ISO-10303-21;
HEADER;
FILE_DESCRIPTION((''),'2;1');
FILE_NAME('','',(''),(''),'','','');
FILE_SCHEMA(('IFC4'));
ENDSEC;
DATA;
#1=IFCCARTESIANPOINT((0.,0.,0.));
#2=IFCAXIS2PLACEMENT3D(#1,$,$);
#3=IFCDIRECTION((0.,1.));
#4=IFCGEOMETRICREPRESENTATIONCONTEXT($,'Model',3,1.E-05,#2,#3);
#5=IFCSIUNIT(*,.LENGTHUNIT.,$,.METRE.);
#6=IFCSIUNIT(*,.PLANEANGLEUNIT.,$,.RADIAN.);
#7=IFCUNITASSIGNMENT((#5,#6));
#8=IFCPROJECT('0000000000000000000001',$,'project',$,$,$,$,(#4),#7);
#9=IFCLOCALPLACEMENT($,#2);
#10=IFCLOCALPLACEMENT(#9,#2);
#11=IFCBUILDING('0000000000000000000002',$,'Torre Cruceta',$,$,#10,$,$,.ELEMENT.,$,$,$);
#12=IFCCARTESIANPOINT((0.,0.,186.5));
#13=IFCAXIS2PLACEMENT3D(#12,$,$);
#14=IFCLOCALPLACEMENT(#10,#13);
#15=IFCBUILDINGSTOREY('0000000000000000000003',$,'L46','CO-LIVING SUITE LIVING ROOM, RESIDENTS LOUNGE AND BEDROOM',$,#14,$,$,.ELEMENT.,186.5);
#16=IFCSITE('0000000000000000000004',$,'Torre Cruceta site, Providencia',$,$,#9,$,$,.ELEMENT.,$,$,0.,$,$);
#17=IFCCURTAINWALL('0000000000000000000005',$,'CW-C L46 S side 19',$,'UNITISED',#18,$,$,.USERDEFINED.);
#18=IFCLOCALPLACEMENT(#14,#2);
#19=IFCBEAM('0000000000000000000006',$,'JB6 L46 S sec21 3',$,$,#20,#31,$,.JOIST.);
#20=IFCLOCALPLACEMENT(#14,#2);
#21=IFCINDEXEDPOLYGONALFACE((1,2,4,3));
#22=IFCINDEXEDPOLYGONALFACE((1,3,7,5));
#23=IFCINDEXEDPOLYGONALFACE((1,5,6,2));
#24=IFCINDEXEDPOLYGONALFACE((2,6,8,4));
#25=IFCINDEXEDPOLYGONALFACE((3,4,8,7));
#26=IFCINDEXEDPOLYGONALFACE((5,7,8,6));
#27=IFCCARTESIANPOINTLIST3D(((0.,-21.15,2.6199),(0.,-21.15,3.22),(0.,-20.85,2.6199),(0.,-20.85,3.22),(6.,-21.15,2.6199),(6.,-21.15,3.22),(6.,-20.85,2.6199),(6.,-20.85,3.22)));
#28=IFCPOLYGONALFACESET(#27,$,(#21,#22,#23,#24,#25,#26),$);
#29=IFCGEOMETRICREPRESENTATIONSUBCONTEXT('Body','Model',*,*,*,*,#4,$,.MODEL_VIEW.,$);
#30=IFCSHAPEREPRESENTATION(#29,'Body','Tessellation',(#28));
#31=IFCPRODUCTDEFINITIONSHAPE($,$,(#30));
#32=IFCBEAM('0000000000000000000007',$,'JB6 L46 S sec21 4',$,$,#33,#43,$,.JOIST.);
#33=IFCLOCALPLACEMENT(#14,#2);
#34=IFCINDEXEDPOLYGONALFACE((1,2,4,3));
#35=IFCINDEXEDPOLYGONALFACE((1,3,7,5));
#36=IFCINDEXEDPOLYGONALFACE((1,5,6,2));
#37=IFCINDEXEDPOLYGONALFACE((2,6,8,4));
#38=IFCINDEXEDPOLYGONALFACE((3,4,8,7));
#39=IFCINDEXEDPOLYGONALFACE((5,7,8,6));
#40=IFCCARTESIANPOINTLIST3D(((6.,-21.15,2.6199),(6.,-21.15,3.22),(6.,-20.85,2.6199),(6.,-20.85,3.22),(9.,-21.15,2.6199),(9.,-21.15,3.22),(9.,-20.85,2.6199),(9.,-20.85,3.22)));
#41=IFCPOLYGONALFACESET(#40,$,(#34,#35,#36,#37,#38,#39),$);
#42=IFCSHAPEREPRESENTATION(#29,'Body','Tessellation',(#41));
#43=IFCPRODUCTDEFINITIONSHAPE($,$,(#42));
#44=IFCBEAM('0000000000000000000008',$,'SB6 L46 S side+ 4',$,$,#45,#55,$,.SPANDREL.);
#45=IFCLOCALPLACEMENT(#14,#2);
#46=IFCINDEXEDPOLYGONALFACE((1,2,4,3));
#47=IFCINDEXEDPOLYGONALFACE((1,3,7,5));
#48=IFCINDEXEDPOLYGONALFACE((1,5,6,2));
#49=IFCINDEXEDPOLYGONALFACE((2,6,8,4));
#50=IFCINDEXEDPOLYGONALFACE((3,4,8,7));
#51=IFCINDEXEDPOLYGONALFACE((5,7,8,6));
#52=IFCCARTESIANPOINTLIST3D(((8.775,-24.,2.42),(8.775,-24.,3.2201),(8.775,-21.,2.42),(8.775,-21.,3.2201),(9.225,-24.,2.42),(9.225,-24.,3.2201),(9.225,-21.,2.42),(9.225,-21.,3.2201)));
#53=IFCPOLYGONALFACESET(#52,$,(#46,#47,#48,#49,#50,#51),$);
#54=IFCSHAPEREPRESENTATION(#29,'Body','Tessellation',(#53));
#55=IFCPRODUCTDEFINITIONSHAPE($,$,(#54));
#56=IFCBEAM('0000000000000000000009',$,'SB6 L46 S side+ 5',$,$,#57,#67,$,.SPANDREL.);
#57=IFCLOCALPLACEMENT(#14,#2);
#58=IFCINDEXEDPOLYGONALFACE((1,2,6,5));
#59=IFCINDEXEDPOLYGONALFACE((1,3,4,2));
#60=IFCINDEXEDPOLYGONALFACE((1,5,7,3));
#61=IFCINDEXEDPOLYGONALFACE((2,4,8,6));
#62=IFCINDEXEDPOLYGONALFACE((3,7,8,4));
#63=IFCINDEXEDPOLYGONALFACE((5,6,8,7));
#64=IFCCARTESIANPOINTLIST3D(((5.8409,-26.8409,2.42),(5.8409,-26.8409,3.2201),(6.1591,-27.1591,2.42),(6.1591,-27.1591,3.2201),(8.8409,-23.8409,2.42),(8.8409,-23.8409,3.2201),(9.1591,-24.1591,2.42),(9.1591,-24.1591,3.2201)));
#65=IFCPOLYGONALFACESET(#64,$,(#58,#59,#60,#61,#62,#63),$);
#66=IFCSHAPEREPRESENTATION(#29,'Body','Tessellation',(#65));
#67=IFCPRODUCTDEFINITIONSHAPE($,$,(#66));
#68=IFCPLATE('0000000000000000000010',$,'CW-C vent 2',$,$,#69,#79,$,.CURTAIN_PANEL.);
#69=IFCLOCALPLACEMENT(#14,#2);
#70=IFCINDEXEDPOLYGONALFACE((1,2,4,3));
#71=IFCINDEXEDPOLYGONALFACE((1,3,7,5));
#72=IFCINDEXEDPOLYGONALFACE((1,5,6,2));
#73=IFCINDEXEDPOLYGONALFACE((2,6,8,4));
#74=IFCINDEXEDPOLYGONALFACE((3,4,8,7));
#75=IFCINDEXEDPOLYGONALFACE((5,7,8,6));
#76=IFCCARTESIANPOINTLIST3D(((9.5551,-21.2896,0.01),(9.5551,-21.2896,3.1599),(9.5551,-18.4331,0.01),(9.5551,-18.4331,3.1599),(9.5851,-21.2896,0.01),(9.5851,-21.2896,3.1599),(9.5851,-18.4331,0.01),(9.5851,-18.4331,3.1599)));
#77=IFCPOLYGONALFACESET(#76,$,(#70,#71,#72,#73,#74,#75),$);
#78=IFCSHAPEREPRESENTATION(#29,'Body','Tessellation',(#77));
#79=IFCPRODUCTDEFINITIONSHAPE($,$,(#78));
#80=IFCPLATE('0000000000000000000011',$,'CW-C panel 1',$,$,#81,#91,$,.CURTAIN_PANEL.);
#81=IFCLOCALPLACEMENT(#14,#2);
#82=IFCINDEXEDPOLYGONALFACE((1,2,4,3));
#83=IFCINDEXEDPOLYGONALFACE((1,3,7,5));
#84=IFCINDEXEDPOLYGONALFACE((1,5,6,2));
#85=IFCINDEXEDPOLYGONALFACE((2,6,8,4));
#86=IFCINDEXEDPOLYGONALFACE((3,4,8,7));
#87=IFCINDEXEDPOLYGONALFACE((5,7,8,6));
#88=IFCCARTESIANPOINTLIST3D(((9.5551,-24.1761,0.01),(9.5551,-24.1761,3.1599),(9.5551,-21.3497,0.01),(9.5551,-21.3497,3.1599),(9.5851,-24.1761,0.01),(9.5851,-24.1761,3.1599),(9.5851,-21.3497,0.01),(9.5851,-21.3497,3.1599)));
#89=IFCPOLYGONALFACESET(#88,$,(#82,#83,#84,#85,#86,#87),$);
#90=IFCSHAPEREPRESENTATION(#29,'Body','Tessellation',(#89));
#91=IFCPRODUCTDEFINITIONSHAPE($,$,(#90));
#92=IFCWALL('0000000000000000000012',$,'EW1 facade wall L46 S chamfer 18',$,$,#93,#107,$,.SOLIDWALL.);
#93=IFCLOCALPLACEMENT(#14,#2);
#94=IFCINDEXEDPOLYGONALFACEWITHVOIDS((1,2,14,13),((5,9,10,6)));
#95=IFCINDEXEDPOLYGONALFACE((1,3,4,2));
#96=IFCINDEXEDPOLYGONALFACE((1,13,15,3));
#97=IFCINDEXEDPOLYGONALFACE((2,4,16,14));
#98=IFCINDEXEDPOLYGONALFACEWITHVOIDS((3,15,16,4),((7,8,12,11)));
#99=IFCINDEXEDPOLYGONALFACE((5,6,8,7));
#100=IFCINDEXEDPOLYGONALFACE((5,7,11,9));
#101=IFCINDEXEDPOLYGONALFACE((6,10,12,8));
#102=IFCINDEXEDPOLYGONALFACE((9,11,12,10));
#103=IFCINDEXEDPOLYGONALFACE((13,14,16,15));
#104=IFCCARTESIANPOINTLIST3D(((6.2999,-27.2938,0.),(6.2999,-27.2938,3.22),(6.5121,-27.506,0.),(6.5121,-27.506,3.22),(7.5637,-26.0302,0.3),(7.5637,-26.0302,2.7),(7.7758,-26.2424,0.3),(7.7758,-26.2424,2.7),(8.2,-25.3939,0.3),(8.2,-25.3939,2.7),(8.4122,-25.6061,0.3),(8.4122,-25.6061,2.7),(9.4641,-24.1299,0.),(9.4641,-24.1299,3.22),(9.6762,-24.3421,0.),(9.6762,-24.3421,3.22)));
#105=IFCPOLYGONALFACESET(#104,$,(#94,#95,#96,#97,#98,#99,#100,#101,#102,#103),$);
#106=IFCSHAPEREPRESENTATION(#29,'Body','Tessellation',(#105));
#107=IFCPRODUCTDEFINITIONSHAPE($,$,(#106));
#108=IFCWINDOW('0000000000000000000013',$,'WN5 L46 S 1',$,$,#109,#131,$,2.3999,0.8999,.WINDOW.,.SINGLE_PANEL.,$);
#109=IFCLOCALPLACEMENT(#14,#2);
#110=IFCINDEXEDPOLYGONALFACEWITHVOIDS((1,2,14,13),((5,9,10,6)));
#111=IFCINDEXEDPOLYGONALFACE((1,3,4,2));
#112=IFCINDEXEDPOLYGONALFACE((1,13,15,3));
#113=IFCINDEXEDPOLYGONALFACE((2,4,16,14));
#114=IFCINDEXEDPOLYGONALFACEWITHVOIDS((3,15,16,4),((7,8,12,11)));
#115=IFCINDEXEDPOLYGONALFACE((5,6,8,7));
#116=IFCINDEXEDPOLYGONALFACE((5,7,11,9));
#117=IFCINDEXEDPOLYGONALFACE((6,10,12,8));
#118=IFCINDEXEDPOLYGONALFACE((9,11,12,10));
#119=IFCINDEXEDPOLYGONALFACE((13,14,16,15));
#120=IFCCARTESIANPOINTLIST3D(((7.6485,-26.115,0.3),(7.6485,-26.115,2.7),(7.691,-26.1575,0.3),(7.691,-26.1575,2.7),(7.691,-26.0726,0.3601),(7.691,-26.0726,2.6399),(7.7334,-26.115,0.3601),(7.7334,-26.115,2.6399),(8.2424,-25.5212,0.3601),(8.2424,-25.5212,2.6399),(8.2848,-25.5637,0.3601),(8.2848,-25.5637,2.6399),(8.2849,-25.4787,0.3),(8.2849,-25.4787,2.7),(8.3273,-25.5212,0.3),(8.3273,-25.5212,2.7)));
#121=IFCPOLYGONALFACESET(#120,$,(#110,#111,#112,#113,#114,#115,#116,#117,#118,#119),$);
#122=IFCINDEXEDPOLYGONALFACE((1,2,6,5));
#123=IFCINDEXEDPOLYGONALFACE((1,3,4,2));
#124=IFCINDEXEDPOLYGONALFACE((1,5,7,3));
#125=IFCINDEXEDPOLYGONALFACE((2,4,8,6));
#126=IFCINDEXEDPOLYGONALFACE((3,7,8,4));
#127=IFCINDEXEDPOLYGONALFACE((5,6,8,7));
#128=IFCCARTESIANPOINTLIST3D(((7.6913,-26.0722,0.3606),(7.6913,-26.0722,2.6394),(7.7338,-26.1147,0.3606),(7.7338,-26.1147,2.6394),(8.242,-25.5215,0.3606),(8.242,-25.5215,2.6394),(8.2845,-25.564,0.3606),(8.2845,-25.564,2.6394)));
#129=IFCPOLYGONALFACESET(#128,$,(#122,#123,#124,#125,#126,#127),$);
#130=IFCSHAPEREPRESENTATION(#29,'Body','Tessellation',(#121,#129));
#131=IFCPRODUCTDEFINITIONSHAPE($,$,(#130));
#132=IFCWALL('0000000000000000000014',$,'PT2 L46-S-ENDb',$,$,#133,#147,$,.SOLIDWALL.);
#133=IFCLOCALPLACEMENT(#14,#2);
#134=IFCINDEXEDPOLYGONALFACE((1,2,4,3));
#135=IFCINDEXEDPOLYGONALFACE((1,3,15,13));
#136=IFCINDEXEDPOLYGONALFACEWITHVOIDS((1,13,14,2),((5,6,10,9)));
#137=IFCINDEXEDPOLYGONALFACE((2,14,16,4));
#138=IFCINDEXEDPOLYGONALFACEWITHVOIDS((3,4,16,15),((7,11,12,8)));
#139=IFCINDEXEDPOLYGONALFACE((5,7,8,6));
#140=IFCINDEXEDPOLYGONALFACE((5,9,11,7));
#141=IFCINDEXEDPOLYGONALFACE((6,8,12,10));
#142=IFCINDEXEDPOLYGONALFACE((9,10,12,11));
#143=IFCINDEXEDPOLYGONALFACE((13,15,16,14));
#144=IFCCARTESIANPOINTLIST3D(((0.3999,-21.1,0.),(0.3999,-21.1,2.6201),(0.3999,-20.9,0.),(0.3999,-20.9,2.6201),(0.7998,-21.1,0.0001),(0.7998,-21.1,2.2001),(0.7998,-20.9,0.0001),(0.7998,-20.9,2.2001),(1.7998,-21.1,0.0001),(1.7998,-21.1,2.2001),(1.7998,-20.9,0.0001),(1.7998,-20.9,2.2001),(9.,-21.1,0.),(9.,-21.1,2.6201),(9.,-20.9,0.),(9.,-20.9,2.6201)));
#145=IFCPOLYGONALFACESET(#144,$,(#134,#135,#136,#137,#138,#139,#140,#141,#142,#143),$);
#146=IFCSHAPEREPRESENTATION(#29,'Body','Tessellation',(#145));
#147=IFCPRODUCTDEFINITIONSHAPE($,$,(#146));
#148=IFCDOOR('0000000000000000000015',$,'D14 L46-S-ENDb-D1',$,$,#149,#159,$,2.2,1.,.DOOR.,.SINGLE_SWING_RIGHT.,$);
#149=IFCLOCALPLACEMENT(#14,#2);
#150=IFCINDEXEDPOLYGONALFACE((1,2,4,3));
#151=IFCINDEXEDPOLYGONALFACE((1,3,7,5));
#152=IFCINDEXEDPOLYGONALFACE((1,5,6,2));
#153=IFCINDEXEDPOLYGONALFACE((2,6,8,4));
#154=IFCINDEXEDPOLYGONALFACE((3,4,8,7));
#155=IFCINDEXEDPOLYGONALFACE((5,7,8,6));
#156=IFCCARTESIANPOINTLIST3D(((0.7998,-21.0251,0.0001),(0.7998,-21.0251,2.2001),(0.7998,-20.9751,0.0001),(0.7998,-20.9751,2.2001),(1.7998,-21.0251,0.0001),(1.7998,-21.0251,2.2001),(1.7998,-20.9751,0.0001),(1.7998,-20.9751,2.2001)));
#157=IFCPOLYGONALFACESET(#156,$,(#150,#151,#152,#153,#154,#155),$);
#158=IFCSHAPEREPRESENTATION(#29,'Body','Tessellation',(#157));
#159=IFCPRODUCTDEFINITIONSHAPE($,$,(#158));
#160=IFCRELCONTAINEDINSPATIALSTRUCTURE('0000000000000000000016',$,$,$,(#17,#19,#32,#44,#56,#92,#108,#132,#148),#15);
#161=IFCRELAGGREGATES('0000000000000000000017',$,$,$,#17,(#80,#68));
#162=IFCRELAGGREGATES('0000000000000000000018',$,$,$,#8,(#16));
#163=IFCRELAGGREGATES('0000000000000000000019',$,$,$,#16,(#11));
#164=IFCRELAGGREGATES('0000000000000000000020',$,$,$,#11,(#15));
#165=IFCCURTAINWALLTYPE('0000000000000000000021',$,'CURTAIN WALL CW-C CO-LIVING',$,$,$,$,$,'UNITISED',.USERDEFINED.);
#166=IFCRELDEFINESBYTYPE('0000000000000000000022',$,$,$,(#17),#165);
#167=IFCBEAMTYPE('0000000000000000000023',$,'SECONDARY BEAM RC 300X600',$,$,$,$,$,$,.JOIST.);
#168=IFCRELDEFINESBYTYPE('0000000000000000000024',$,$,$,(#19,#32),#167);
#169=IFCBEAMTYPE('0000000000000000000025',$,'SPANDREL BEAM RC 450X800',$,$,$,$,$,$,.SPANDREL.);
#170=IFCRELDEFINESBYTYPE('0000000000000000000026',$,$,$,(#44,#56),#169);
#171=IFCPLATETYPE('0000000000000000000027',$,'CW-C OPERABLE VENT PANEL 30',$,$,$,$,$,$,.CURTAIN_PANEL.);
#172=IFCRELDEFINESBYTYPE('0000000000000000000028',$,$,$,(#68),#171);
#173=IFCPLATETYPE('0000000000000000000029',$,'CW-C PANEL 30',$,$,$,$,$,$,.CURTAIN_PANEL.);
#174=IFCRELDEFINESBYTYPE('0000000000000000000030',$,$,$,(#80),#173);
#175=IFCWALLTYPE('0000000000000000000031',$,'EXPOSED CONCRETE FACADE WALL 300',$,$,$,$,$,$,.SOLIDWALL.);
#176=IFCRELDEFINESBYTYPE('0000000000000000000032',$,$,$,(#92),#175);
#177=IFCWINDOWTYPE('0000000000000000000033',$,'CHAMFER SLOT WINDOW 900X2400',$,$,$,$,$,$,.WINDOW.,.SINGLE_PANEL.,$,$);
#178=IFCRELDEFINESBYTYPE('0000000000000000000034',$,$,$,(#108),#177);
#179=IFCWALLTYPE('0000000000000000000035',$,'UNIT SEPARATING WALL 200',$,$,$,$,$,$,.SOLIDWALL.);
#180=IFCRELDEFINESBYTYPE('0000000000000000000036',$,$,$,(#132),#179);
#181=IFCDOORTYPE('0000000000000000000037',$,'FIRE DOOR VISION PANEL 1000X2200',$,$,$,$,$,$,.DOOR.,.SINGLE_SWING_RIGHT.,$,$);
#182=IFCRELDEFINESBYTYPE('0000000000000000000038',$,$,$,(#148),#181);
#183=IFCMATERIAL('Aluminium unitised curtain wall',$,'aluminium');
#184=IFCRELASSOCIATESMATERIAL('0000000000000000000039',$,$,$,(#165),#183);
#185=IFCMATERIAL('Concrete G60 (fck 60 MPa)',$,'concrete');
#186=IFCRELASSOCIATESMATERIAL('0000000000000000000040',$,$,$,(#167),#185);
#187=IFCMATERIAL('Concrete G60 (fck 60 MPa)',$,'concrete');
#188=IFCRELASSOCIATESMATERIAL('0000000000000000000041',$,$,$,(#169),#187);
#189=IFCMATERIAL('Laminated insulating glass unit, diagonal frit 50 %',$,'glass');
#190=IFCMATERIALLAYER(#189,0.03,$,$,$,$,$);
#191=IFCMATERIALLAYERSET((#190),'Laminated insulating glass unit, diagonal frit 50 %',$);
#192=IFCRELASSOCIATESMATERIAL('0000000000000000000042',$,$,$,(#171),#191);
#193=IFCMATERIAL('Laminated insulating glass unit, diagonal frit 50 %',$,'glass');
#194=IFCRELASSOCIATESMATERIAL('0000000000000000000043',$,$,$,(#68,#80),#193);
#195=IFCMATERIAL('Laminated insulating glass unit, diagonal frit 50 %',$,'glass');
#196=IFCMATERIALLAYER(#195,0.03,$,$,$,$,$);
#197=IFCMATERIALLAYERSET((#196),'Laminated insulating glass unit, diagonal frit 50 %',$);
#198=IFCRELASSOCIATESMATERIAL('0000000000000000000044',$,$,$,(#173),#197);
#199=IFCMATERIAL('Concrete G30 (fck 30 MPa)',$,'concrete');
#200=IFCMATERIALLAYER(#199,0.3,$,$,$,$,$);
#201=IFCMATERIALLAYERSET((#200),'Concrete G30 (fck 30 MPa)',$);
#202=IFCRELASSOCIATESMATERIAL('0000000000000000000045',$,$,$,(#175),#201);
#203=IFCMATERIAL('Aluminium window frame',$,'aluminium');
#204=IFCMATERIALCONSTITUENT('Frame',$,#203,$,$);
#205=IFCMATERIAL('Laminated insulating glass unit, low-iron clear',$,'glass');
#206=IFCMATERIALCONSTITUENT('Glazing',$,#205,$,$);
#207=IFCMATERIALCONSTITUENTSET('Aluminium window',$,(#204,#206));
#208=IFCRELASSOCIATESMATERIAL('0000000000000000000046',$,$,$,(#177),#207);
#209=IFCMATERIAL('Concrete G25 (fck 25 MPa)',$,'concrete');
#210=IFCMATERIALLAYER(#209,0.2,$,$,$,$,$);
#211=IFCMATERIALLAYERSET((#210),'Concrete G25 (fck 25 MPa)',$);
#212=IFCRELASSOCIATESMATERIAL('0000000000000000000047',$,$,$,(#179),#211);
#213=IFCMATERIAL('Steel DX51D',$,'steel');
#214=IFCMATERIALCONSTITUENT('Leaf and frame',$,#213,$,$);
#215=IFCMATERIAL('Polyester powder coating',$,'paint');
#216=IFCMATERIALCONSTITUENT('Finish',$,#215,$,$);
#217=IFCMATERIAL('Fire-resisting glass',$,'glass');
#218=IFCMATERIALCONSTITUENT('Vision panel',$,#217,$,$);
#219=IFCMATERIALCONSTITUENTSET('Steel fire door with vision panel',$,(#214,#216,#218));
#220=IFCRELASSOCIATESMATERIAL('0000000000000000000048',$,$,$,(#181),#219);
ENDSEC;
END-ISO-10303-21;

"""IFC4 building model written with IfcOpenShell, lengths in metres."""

from ifc_helpers import new_model, si_unit, direction, frame, frame_2d, origin, origin_2d, place, context, subcontext, project, spatial, rectangle, hollow_rectangle, extrude, material, layer, layer_set, constituent, constituent_set, material_profile, profile_set, type_object, element, fill, aggregate, save


model = new_model("IFC4")

# Units and contexts
model_context = context("Model", 3, precision=1e-05, world=origin(), true_north=direction((0.0, 1.0)))
body_context = subcontext(model_context, "Body", "Model", "MODEL_VIEW")
ifc_project = project(units=[si_unit("LENGTHUNIT", "METRE"), si_unit("PLANEANGLEUNIT", "RADIAN")], contexts=[model_context])

# Site, building, storey
site_placement = place(None, origin())
site = spatial("IfcSite", under=ifc_project, at=site_placement, Name="Torre Cruceta site, Providencia", CompositionType="ELEMENT", RefElevation=0.0)
building_placement = place(site_placement, origin())
building = spatial("IfcBuilding", under=site, at=building_placement, Name="Torre Cruceta", CompositionType="ELEMENT")
storey_placement = place(building_placement, frame((0.0, 0.0, 186.5)))
storey = spatial("IfcBuildingStorey", under=building, at=storey_placement, Name="L46", Description="CO-LIVING SUITE LIVING ROOM, RESIDENTS LOUNGE AND BEDROOM", CompositionType="ELEMENT", Elevation=186.5)

# Curtain wall
ifc_material_1 = material(Name="Aluminium unitised curtain wall", Category="aluminium")
curtain_wall_type = type_object("IfcCurtainWallType", Name="CURTAIN WALL CW-C CO-LIVING", ElementType="UNITISED", PredefinedType="USERDEFINED", material=ifc_material_1)
curtain_wall_placement = place(storey_placement, origin())
curtain_wall = element("IfcCurtainWall", 1, at=curtain_wall_placement, inside=storey, type_object=curtain_wall_type, Name="CW-C L46 S side 19", ObjectType="UNITISED", PredefinedType="USERDEFINED")

# Beams
ifc_material_2 = material(Name="Concrete G60 (fck 60 MPa)", Category="concrete")
ifc_material_profile_1 = material_profile(ifc_material_2, rectangle(XDim=0.3, YDim=0.6001, at=origin_2d()), Name="RC 300X600")
ifc_profile_set_1 = profile_set([ifc_material_profile_1], Name="Concrete G60 (fck 60 MPa)")
beam_type_1 = type_object("IfcBeamType", Name="SECONDARY BEAM RC 300X600", PredefinedType="JOIST", material=ifc_profile_set_1)
beam_1_placement = place(storey_placement, frame((0.0, -21.0, 2.9199), z_axis=(1.0, 0.0, 0.0), x_axis=(0.0, 1.0, 0.0)))
element("IfcBeam", 2, at=beam_1_placement, inside=storey, type_object=beam_type_1, Name="JB6 L46 S sec21 3", PredefinedType="JOIST", context=body_context, shape_type="SweptSolid", body=[
    extrude(rectangle(XDim=0.3, YDim=0.6001, at=origin_2d()), origin(), (0.0, 0.0, 1.0), 6.0),
])
beam_2_placement = place(storey_placement, frame((6.0, -21.0, 2.9199), z_axis=(1.0, 0.0, 0.0), x_axis=(0.0, 1.0, 0.0)))
element("IfcBeam", 3, at=beam_2_placement, inside=storey, type_object=beam_type_1, Name="JB6 L46 S sec21 4", PredefinedType="JOIST", context=body_context, shape_type="SweptSolid", body=[
    extrude(rectangle(XDim=0.3, YDim=0.6001, at=origin_2d()), origin(), (0.0, 0.0, 1.0), 3.0),
])
ifc_material_3 = material(Name="Concrete G60 (fck 60 MPa)", Category="concrete")
ifc_material_profile_2 = material_profile(ifc_material_3, rectangle(XDim=0.45, YDim=0.8, at=origin_2d()), Name="RC 450X800")
ifc_profile_set_2 = profile_set([ifc_material_profile_2], Name="Concrete G60 (fck 60 MPa)")
beam_type_2 = type_object("IfcBeamType", Name="SPANDREL BEAM RC 450X800", PredefinedType="SPANDREL", material=ifc_profile_set_2)
beam_3_placement = place(storey_placement, frame((9.0, -21.0, 2.8201), z_axis=(0.0, -1.0, 0.0), x_axis=(1.0, 0.0, 0.0)))
element("IfcBeam", 4, at=beam_3_placement, inside=storey, type_object=beam_type_2, Name="SB6 L46 S side+ 4", PredefinedType="SPANDREL", context=body_context, shape_type="SweptSolid", body=[
    extrude(rectangle(XDim=0.45, YDim=0.8, at=origin_2d()), origin(), (0.0, 0.0, 1.0), 3.0),
])
beam_4_placement = place(storey_placement, frame((9.0, -24.0, 2.8201), z_axis=(-0.707107, -0.707107, 0.0), x_axis=(0.707107, -0.707107, 0.0)))
element("IfcBeam", 5, at=beam_4_placement, inside=storey, type_object=beam_type_2, Name="SB6 L46 S side+ 5", PredefinedType="SPANDREL", context=body_context, shape_type="SweptSolid", body=[
    extrude(rectangle(XDim=0.45, YDim=0.8, at=origin_2d()), origin(), (0.0, 0.0, 1.0), 4.2427),
])

# Plates
ifc_material_4 = material(Name="Laminated insulating glass unit, diagonal frit 50 %", Category="glass")
ifc_material_5 = material(Name="Laminated insulating glass unit, diagonal frit 50 %", Category="glass")
ifc_layer_1 = layer(ifc_material_5, 0.03)
ifc_layer_set_1 = layer_set([ifc_layer_1], Name="Laminated insulating glass unit, diagonal frit 50 %")
plate_type_1 = type_object("IfcPlateType", Name="CW-C OPERABLE VENT PANEL 30", PredefinedType="CURTAIN_PANEL", material=ifc_layer_set_1)
plate_1_placement = place(storey_placement, frame((9.5701, -19.8613, 0.01), z_axis=(0.0, 0.0, 1.0), x_axis=(0.0, 1.0, 0.0)))
plate_1 = element("IfcPlate", 6, at=plate_1_placement, type_object=plate_type_1, material=ifc_material_4, Name="CW-C vent 2", PredefinedType="CURTAIN_PANEL", context=body_context, shape_type="SweptSolid", body=[
    extrude(rectangle(XDim=2.8564, YDim=0.03, at=origin_2d()), origin(), (0.0, 0.0, 1.0), 3.1499),
])
ifc_material_6 = material(Name="Laminated insulating glass unit, diagonal frit 50 %", Category="glass")
ifc_layer_2 = layer(ifc_material_6, 0.03)
ifc_layer_set_2 = layer_set([ifc_layer_2], Name="Laminated insulating glass unit, diagonal frit 50 %")
plate_type_2 = type_object("IfcPlateType", Name="CW-C PANEL 30", PredefinedType="CURTAIN_PANEL", material=ifc_layer_set_2)
plate_2_placement = place(storey_placement, frame((9.5701, -22.7629, 0.01), z_axis=(0.0, 0.0, 1.0), x_axis=(0.0, 1.0, 0.0)))
plate_2 = element("IfcPlate", 7, at=plate_2_placement, type_object=plate_type_2, material=ifc_material_4, Name="CW-C panel 1", PredefinedType="CURTAIN_PANEL", context=body_context, shape_type="SweptSolid", body=[
    extrude(rectangle(XDim=2.8264, YDim=0.03, at=origin_2d()), origin(), (0.0, 0.0, 1.0), 3.1499),
])
aggregate(curtain_wall, [plate_2, plate_1])

# Wall, opening, window
ifc_material_7 = material(Name="Concrete G30 (fck 30 MPa)", Category="concrete")
ifc_layer_3 = layer(ifc_material_7, 0.3)
ifc_layer_set_3 = layer_set([ifc_layer_3], Name="Concrete G30 (fck 30 MPa)")
wall_type_1 = type_object("IfcWallType", Name="EXPOSED CONCRETE FACADE WALL 300", PredefinedType="SOLIDWALL", material=ifc_layer_set_3)
wall_1_placement = place(storey_placement, frame((6.406, -27.3999, 0.0), z_axis=(0.0, 0.0, 1.0), x_axis=(0.707134, 0.707079, 0.0)))
wall_1 = element("IfcWall", 8, at=wall_1_placement, inside=storey, type_object=wall_type_1, Name="EW1 facade wall L46 S chamfer 18", PredefinedType="SOLIDWALL", context=body_context, shape_type="SweptSolid", body=[
    extrude(rectangle(XDim=4.4746, YDim=0.3, at=frame_2d((2.2373, 0.0))), origin(), (0.0, 0.0, 1.0), 3.22),
])
opening_1_placement = place(wall_1_placement, frame((1.7871, 0.0, 0.3)))
opening_1 = element("IfcOpeningElement", 9, at=opening_1_placement, cuts=wall_1, PredefinedType="OPENING", context=body_context, shape_type="SweptSolid", body=[
    extrude(rectangle(XDim=0.8999, YDim=2.3999, at=frame_2d((0.45, 1.2))), frame((0.0, 0.1599, 0.0), z_axis=(0.0, -1.0, 0.0), x_axis=(1.0, 0.0, 0.0)), (0.0, 0.0, 1.0), 0.3201),
])
ifc_material_8 = material(Name="Aluminium window frame", Category="aluminium")
ifc_constituent_1 = constituent(ifc_material_8, Name="Frame")
ifc_material_9 = material(Name="Laminated insulating glass unit, low-iron clear", Category="glass")
ifc_constituent_2 = constituent(ifc_material_9, Name="Glazing")
ifc_constituent_set_1 = constituent_set(constituents=[ifc_constituent_1, ifc_constituent_2], Name="Aluminium window")
window_type = type_object("IfcWindowType", Name="CHAMFER SLOT WINDOW 900X2400", PartitioningType="SINGLE_PANEL", PredefinedType="WINDOW", material=ifc_constituent_set_1)
window_placement = place(opening_1_placement, origin())
window = element("IfcWindow", 10, at=window_placement, inside=storey, type_object=window_type, Name="WN5 L46 S 1", OverallHeight=2.3999, OverallWidth=0.8999, PartitioningType="SINGLE_PANEL", PredefinedType="WINDOW", context=body_context, shape_type="SweptSolid", body=[
    extrude(hollow_rectangle(XDim=0.8999, YDim=2.3999, WallThickness=0.0601, at=frame_2d((0.45, 1.2))), frame((0.0, 0.03, 0.0), z_axis=(0.0, -1.0, 0.0), x_axis=(1.0, 0.0, 0.0)), (0.0, 0.0, 1.0), 0.0601),
    extrude(rectangle(XDim=0.7788, YDim=2.2788, at=frame_2d((0.45, 1.2))), frame((0.0, 0.03, 0.0), z_axis=(0.0, -1.0, 0.0), x_axis=(1.0, 0.0, 0.0)), (0.0, 0.0, 1.0), 0.0601),
])
fill(opening_1, window)

# Wall, opening, door
ifc_material_10 = material(Name="Concrete G25 (fck 25 MPa)", Category="concrete")
ifc_layer_4 = layer(ifc_material_10, 0.2)
ifc_layer_set_4 = layer_set([ifc_layer_4], Name="Concrete G25 (fck 25 MPa)")
wall_type_2 = type_object("IfcWallType", Name="UNIT SEPARATING WALL 200", PredefinedType="SOLIDWALL", material=ifc_layer_set_4)
wall_2_placement = place(storey_placement, frame((0.3999, -21.0, 0.0), z_axis=(0.0, 0.0, 1.0), x_axis=(1.0, 0.0, 0.0)))
wall_2 = element("IfcWall", 11, at=wall_2_placement, inside=storey, type_object=wall_type_2, Name="PT2 L46-S-ENDb", PredefinedType="SOLIDWALL", context=body_context, shape_type="SweptSolid", body=[
    extrude(rectangle(XDim=8.6001, YDim=0.2, at=frame_2d((4.3, 0.0))), origin(), (0.0, 0.0, 1.0), 2.6201),
])
opening_2_placement = place(wall_2_placement, frame((0.3999, 0.0, 0.0)))
opening_2 = element("IfcOpeningElement", 12, at=opening_2_placement, cuts=wall_2, PredefinedType="OPENING", context=body_context, shape_type="SweptSolid", body=[
    extrude(rectangle(XDim=1.0, YDim=2.2, at=frame_2d((0.5, 1.1001))), frame((0.0, 0.1099, 0.0), z_axis=(0.0, -1.0, 0.0), x_axis=(1.0, 0.0, 0.0)), (0.0, 0.0, 1.0), 0.22),
])
ifc_material_11 = material(Name="Steel DX51D", Category="steel")
ifc_constituent_3 = constituent(ifc_material_11, Name="Leaf and frame")
ifc_material_12 = material(Name="Polyester powder coating", Category="paint")
ifc_constituent_4 = constituent(ifc_material_12, Name="Finish")
ifc_material_13 = material(Name="Fire-resisting glass", Category="glass")
ifc_constituent_5 = constituent(ifc_material_13, Name="Vision panel")
ifc_constituent_set_2 = constituent_set(constituents=[ifc_constituent_3, ifc_constituent_4, ifc_constituent_5], Name="Steel fire door with vision panel")
door_type = type_object("IfcDoorType", Name="FIRE DOOR VISION PANEL 1000X2200", OperationType="SINGLE_SWING_RIGHT", PredefinedType="DOOR", material=ifc_constituent_set_2)
door_placement = place(opening_2_placement, frame((1.0, 0.0, 0.0), z_axis=(0.0, 0.0, 1.0), x_axis=(-1.0, 0.0, 0.0)))
door = element("IfcDoor", 13, at=door_placement, inside=storey, type_object=door_type, Name="D14 L46-S-ENDb-D1", OperationType="SINGLE_SWING_RIGHT", OverallHeight=2.2, OverallWidth=1.0, PredefinedType="DOOR", context=body_context, shape_type="SweptSolid", body=[
    extrude(rectangle(XDim=1.0, YDim=2.2, at=frame_2d((0.5, 1.1001))), frame((0.0, 0.0251, 0.0), z_axis=(0.0, -1.0, 0.0), x_axis=(1.0, 0.0, 0.0)), (0.0, 0.0, 1.0), 0.05),
])
fill(opening_2, door)

save(model, "model.ifc")
